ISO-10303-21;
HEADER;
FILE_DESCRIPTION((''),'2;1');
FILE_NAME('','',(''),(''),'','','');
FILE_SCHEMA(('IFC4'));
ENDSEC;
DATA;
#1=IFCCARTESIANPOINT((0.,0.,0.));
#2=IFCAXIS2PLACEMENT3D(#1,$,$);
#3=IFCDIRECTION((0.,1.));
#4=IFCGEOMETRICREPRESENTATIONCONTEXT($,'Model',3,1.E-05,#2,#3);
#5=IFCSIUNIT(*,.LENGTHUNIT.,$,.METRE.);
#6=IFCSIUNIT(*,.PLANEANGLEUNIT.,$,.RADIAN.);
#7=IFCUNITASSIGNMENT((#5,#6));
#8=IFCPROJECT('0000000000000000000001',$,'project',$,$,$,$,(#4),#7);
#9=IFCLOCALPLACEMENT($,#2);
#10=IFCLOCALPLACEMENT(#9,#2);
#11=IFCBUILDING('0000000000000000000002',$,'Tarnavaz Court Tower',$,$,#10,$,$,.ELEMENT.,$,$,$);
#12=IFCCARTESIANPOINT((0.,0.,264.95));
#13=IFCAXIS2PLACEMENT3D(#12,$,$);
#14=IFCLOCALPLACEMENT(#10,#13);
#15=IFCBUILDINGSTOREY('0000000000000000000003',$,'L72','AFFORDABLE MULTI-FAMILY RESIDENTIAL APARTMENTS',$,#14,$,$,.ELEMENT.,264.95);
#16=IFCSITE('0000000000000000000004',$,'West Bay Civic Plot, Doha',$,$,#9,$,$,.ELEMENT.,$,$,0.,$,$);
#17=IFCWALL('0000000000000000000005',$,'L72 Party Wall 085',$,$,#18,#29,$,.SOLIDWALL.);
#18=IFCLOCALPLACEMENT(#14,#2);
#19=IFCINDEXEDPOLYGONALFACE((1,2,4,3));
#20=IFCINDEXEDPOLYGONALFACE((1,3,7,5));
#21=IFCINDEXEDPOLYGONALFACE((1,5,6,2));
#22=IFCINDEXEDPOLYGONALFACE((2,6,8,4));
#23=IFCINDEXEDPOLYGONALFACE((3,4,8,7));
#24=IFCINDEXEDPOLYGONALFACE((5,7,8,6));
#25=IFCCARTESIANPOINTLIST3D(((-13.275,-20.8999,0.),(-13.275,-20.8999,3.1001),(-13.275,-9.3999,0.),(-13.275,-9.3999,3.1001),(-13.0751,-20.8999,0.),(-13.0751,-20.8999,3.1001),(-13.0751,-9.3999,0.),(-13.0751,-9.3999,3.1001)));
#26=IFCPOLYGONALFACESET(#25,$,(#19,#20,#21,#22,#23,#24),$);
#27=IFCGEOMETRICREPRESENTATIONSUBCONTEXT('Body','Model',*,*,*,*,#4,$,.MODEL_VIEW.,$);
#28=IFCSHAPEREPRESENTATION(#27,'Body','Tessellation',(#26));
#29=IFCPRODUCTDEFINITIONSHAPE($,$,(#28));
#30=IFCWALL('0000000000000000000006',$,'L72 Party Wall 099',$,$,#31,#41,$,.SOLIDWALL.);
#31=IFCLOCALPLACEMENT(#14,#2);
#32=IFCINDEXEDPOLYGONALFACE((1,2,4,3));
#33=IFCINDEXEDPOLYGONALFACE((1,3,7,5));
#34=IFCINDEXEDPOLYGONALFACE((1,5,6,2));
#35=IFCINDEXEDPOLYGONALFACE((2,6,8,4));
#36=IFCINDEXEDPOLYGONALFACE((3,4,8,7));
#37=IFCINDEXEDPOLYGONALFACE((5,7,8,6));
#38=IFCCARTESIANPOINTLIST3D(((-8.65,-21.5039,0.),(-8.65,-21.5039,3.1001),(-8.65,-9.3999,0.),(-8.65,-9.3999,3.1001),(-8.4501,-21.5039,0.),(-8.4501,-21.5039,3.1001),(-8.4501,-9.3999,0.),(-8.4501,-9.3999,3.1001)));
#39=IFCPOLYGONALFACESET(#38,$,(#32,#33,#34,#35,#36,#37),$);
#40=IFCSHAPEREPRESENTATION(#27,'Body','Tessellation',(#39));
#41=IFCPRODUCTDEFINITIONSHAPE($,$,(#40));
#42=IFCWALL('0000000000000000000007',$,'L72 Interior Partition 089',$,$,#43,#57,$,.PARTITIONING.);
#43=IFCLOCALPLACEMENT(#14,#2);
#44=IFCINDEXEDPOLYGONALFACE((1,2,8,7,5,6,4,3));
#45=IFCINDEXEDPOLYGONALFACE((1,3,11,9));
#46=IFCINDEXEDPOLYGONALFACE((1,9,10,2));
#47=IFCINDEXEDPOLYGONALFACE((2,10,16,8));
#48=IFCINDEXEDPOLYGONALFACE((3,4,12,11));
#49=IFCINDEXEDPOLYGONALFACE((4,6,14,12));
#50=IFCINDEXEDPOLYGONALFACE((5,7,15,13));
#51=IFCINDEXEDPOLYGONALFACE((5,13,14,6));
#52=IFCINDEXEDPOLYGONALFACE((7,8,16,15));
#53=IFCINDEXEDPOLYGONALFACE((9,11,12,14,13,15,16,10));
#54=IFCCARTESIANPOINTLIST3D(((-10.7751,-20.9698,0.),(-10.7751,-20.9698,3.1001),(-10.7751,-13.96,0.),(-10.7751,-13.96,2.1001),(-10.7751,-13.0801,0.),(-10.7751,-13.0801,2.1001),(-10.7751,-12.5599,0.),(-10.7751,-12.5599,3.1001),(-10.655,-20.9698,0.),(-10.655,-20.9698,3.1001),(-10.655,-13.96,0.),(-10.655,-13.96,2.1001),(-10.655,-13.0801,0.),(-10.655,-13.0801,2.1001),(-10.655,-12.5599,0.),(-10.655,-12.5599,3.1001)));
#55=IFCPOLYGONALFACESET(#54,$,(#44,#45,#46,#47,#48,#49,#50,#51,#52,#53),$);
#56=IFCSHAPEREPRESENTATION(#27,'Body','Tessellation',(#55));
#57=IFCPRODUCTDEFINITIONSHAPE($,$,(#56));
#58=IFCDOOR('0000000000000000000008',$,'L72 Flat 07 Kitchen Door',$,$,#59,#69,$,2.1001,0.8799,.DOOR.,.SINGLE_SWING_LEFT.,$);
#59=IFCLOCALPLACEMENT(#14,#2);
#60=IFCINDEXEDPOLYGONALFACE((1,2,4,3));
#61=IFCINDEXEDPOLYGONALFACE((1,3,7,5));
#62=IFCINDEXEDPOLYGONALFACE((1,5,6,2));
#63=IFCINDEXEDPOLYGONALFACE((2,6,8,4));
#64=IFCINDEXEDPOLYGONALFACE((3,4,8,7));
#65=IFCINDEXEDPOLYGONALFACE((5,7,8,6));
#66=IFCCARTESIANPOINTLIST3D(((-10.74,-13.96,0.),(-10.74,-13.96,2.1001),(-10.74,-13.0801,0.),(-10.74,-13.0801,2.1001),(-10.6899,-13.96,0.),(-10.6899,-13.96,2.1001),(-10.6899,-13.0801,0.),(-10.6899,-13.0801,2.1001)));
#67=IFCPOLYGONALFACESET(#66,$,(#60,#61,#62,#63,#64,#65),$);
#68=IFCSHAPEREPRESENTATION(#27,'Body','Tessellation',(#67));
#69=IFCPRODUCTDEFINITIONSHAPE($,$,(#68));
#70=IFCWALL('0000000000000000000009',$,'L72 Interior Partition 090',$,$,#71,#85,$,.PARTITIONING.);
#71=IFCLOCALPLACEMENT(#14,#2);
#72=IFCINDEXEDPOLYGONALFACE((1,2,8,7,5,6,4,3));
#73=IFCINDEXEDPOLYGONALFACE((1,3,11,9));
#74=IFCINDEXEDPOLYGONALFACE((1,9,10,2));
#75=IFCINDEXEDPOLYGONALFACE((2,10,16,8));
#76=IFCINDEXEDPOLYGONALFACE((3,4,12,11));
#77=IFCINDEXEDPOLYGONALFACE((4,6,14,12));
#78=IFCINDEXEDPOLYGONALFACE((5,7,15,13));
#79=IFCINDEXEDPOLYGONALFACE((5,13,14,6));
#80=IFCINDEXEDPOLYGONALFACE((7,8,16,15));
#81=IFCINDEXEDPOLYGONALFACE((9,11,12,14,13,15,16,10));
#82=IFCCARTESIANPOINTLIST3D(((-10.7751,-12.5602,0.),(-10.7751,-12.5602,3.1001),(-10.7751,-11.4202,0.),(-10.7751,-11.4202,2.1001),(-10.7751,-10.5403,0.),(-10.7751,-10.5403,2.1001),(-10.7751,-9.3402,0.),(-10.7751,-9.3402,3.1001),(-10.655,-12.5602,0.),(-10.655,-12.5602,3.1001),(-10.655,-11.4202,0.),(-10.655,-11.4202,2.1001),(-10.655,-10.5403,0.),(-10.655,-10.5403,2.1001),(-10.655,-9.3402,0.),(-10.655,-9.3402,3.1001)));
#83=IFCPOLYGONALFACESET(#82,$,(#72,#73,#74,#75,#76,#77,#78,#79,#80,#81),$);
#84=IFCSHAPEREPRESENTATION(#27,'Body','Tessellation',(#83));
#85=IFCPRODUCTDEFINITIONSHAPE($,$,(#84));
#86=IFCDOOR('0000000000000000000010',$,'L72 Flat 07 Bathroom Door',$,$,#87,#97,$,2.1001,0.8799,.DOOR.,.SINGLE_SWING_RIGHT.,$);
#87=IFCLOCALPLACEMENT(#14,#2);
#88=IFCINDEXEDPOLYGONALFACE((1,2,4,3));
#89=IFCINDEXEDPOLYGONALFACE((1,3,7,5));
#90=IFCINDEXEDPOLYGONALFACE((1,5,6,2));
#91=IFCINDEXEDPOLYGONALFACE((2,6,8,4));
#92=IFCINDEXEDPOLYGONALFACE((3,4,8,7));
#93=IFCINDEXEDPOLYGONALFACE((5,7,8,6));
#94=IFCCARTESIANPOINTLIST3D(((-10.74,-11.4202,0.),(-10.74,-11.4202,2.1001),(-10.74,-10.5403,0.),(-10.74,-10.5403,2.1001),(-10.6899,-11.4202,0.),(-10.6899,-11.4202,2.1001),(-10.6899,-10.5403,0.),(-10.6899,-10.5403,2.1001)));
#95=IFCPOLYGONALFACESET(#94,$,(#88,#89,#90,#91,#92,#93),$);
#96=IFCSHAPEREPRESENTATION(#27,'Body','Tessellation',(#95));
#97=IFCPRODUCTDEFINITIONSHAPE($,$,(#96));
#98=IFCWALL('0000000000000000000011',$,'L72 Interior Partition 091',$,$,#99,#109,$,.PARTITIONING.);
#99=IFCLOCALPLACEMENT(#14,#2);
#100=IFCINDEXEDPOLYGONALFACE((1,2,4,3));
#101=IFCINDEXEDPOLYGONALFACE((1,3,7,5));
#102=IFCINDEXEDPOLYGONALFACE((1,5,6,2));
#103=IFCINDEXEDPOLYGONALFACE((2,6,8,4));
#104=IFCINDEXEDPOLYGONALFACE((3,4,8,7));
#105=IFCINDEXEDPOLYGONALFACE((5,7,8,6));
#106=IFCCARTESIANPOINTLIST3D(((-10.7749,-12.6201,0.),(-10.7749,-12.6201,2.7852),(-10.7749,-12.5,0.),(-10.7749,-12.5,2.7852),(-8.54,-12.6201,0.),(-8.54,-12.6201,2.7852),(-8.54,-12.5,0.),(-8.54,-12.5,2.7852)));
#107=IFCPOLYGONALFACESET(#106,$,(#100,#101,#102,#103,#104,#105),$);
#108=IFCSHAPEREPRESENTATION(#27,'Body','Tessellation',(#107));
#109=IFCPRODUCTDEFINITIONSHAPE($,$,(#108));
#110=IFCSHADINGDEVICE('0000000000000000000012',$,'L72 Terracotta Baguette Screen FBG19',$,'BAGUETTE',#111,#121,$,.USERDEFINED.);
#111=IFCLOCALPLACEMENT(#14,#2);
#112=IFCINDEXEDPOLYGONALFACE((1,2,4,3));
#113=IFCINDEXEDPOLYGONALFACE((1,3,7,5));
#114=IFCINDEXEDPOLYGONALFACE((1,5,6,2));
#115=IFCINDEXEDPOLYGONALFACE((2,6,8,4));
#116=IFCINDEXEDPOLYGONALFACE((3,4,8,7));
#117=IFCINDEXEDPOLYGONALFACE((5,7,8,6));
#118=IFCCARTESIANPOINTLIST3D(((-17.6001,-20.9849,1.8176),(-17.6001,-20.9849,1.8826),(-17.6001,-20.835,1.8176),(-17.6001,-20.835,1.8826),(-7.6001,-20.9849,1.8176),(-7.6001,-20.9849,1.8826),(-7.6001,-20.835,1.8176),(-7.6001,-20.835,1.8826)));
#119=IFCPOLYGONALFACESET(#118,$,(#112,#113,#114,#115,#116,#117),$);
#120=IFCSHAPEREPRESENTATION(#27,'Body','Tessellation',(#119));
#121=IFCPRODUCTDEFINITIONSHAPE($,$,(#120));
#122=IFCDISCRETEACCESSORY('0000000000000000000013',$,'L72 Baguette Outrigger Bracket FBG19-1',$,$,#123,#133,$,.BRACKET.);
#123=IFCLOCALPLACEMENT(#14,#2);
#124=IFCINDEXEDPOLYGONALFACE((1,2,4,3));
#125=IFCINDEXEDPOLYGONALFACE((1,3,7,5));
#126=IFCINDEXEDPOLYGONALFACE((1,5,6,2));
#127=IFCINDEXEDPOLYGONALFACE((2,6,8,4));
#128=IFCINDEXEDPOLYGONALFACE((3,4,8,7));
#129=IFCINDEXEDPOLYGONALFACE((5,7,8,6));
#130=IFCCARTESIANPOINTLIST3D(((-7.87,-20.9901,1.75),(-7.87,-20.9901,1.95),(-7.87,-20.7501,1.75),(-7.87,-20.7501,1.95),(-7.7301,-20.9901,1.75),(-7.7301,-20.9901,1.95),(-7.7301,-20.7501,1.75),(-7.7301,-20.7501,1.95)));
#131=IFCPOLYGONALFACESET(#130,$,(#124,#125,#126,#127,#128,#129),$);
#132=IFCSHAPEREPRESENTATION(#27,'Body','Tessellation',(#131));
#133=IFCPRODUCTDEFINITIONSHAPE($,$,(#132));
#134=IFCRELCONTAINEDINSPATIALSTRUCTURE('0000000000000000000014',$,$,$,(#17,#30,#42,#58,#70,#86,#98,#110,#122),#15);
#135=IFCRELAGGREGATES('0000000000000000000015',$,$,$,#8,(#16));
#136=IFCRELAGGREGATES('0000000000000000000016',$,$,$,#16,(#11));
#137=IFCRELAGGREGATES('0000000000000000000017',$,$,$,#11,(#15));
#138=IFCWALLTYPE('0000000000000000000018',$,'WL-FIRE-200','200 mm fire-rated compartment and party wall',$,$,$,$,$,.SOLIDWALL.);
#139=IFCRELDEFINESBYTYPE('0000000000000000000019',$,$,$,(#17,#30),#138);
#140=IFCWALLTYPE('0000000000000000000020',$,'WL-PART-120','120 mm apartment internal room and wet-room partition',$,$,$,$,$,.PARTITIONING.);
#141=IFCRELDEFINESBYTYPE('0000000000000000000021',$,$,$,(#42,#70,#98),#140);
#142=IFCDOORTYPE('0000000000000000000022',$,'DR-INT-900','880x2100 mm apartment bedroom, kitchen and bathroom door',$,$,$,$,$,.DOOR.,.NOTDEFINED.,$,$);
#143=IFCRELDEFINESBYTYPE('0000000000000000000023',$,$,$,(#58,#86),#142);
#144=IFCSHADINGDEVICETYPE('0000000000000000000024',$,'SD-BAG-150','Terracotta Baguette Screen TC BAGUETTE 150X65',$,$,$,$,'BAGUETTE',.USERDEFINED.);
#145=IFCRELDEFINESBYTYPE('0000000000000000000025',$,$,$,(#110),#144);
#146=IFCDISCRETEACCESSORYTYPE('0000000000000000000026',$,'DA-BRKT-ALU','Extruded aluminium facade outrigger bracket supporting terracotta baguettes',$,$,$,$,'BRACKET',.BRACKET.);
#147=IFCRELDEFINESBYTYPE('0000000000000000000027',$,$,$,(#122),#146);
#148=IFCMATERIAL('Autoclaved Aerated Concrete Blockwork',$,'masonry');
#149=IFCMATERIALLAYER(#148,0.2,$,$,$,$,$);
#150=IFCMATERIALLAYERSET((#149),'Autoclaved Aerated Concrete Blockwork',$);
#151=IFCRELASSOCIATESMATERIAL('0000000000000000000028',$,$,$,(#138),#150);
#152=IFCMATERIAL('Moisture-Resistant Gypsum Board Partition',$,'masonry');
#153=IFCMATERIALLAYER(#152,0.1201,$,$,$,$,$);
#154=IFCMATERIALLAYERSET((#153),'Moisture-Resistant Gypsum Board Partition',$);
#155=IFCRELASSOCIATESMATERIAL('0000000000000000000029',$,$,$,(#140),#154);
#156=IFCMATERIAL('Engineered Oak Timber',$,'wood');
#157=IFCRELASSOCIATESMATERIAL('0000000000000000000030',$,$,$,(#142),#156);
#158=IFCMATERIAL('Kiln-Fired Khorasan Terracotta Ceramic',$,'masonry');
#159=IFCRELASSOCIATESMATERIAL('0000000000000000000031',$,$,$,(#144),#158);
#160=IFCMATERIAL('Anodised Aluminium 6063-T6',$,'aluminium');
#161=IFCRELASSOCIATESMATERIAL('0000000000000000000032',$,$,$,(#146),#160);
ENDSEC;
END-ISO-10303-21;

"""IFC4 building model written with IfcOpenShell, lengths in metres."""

from ifc_helpers import new_model, si_unit, direction, frame, frame_2d, origin, origin_2d, place, context, subcontext, project, spatial, rectangle, extrude, material, layer, layer_set, material_profile, profile_set, type_object, element, fill, save


model = new_model("IFC4")

# Units and contexts
model_context = context("Model", 3, precision=1e-05, world=origin(), true_north=direction((0.0, 1.0)))
body_context = subcontext(model_context, "Body", "Model", "MODEL_VIEW")
ifc_project = project(units=[si_unit("LENGTHUNIT", "METRE"), si_unit("PLANEANGLEUNIT", "RADIAN")], contexts=[model_context])

# Site, building, storey
site_placement = place(None, origin())
site = spatial("IfcSite", under=ifc_project, at=site_placement, Name="West Bay Civic Plot, Doha", CompositionType="ELEMENT", RefElevation=0.0)
building_placement = place(site_placement, origin())
building = spatial("IfcBuilding", under=site, at=building_placement, Name="Tarnavaz Court Tower", CompositionType="ELEMENT")
storey_placement = place(building_placement, frame((0.0, 0.0, 264.95)))
storey = spatial("IfcBuildingStorey", under=building, at=storey_placement, Name="L72", Description="AFFORDABLE MULTI-FAMILY RESIDENTIAL APARTMENTS", CompositionType="ELEMENT", Elevation=264.95)

# Walls
ifc_material_1 = material(Name="Autoclaved Aerated Concrete Blockwork", Category="masonry")
ifc_layer_1 = layer(ifc_material_1, 0.2)
ifc_layer_set_1 = layer_set([ifc_layer_1], Name="Autoclaved Aerated Concrete Blockwork")
wall_type_1 = type_object("IfcWallType", Name="WL-FIRE-200", Description="200 mm fire-rated compartment and party wall", PredefinedType="SOLIDWALL", material=ifc_layer_set_1)
wall_1_placement = place(storey_placement, frame((-13.175, -20.8999, 0.0), z_axis=(0.0, 0.0, 1.0), x_axis=(0.0, 1.0, 0.0)))
element("IfcWall", 1, at=wall_1_placement, inside=storey, type_object=wall_type_1, Name="L72 Party Wall 085", PredefinedType="SOLIDWALL", context=body_context, shape_type="SweptSolid", body=[
    extrude(rectangle(XDim=11.5, YDim=0.2, at=frame_2d((5.75, 0.0))), origin(), (0.0, 0.0, 1.0), 3.1001),
])
wall_2_placement = place(storey_placement, frame((-8.55, -21.5039, 0.0), z_axis=(0.0, 0.0, 1.0), x_axis=(0.0, 1.0, 0.0)))
element("IfcWall", 2, at=wall_2_placement, inside=storey, type_object=wall_type_1, Name="L72 Party Wall 099", PredefinedType="SOLIDWALL", context=body_context, shape_type="SweptSolid", body=[
    extrude(rectangle(XDim=12.104, YDim=0.2, at=frame_2d((6.052, 0.0))), origin(), (0.0, 0.0, 1.0), 3.1001),
])

# Walls, openings, doors
ifc_material_2 = material(Name="Moisture-Resistant Gypsum Board Partition", Category="masonry")
ifc_layer_2 = layer(ifc_material_2, 0.1201)
ifc_layer_set_2 = layer_set([ifc_layer_2], Name="Moisture-Resistant Gypsum Board Partition")
wall_type_2 = type_object("IfcWallType", Name="WL-PART-120", Description="120 mm apartment internal room and wet-room partition", PredefinedType="PARTITIONING", material=ifc_layer_set_2)
wall_3_placement = place(storey_placement, frame((-10.7151, -20.97, 0.0), z_axis=(0.0, 0.0, 1.0), x_axis=(0.0, 1.0, 0.0)))
wall_3 = element("IfcWall", 3, at=wall_3_placement, inside=storey, type_object=wall_type_2, Name="L72 Interior Partition 089", PredefinedType="PARTITIONING", context=body_context, shape_type="SweptSolid", body=[
    extrude(rectangle(XDim=8.4099, YDim=0.1201, at=frame_2d((4.2051, 0.0))), origin(), (0.0, 0.0, 1.0), 3.1001),
])
opening_1_placement = place(wall_3_placement, frame((7.01, 0.0, 0.0)))
opening_1 = element("IfcOpeningElement", 4, at=opening_1_placement, cuts=wall_3, PredefinedType="OPENING", context=body_context, shape_type="SweptSolid", body=[
    extrude(rectangle(XDim=0.8799, YDim=2.1001, at=frame_2d((0.4399, 1.05))), frame((0.0, 0.0701, 0.0), z_axis=(0.0, -1.0, 0.0), x_axis=(1.0, 0.0, 0.0)), (0.0, 0.0, 1.0), 0.1401),
])
ifc_material_3 = material(Name="Engineered Oak Timber", Category="wood")
door_type = type_object("IfcDoorType", Name="DR-INT-900", Description="880x2100 mm apartment bedroom, kitchen and bathroom door", OperationType="NOTDEFINED", PredefinedType="DOOR", material=ifc_material_3)
door_1_placement = place(opening_1_placement, origin())
door_1 = element("IfcDoor", 5, at=door_1_placement, inside=storey, type_object=door_type, Name="L72 Flat 07 Kitchen Door", OperationType="SINGLE_SWING_LEFT", OverallHeight=2.1001, OverallWidth=0.8799, PredefinedType="DOOR", context=body_context, shape_type="SweptSolid", body=[
    extrude(rectangle(XDim=0.8799, YDim=2.1001, at=frame_2d((0.4399, 1.05))), frame((0.0, 0.0249, 0.0), z_axis=(0.0, -1.0, 0.0), x_axis=(1.0, 0.0, 0.0)), (0.0, 0.0, 1.0), 0.05),
])
fill(opening_1, door_1)
wall_4_placement = place(storey_placement, frame((-10.7151, -12.5601, 0.0), z_axis=(0.0, 0.0, 1.0), x_axis=(0.0, 1.0, 0.0)))
wall_4 = element("IfcWall", 6, at=wall_4_placement, inside=storey, type_object=wall_type_2, Name="L72 Interior Partition 090", PredefinedType="PARTITIONING", context=body_context, shape_type="SweptSolid", body=[
    extrude(rectangle(XDim=3.22, YDim=0.1201, at=frame_2d((1.6099, 0.0))), origin(), (0.0, 0.0, 1.0), 3.1001),
])
opening_2_placement = place(wall_4_placement, frame((1.1399, 0.0, 0.0)))
opening_2 = element("IfcOpeningElement", 7, at=opening_2_placement, cuts=wall_4, PredefinedType="OPENING", context=body_context, shape_type="SweptSolid", body=[
    extrude(rectangle(XDim=0.8799, YDim=2.1001, at=frame_2d((0.4399, 1.05))), frame((0.0, 0.0701, 0.0), z_axis=(0.0, -1.0, 0.0), x_axis=(1.0, 0.0, 0.0)), (0.0, 0.0, 1.0), 0.1401),
])
door_2_placement = place(opening_2_placement, origin())
door_2 = element("IfcDoor", 8, at=door_2_placement, inside=storey, type_object=door_type, Name="L72 Flat 07 Bathroom Door", OperationType="SINGLE_SWING_RIGHT", OverallHeight=2.1001, OverallWidth=0.8799, PredefinedType="DOOR", context=body_context, shape_type="SweptSolid", body=[
    extrude(rectangle(XDim=0.8799, YDim=2.1001, at=frame_2d((0.4399, 1.05))), frame((0.0, 0.0249, 0.0), z_axis=(0.0, -1.0, 0.0), x_axis=(1.0, 0.0, 0.0)), (0.0, 0.0, 1.0), 0.05),
])
fill(opening_2, door_2)

# Wall
wall_5_placement = place(storey_placement, frame((-10.7749, -12.5601, 0.0), z_axis=(0.0, 0.0, 1.0), x_axis=(1.0, 0.0, 0.0)))
element("IfcWall", 9, at=wall_5_placement, inside=storey, type_object=wall_type_2, Name="L72 Interior Partition 091", PredefinedType="PARTITIONING", context=body_context, shape_type="SweptSolid", body=[
    extrude(rectangle(XDim=2.2349, YDim=0.1201, at=frame_2d((1.1174, 0.0))), origin(), (0.0, 0.0, 1.0), 2.7852),
])

# Shading device
ifc_material_4 = material(Name="Kiln-Fired Khorasan Terracotta Ceramic", Category="masonry")
ifc_material_profile_1 = material_profile(ifc_material_4, rectangle(XDim=0.1499, YDim=0.0649, at=origin_2d()), Name="TC BAGUETTE 150X65")
ifc_profile_set_1 = profile_set([ifc_material_profile_1], Name="Kiln-Fired Khorasan Terracotta Ceramic")
shading_device_type = type_object("IfcShadingDeviceType", Name="SD-BAG-150", Description="Terracotta Baguette Screen TC BAGUETTE 150X65", ElementType="BAGUETTE", PredefinedType="USERDEFINED", material=ifc_profile_set_1)
shading_device_placement = place(storey_placement, frame((-7.6001, -20.9099, 1.8501), z_axis=(-1.0, 0.0, 0.0), x_axis=(0.0, -1.0, 0.0)))
element("IfcShadingDevice", 10, at=shading_device_placement, inside=storey, type_object=shading_device_type, Name="L72 Terracotta Baguette Screen FBG19", ObjectType="BAGUETTE", PredefinedType="USERDEFINED", context=body_context, shape_type="SweptSolid", body=[
    extrude(rectangle(XDim=0.1499, YDim=0.0649, at=origin_2d()), origin(), (0.0, 0.0, 1.0), 10.0),
])

# Discrete accessory
ifc_material_5 = material(Name="Anodised Aluminium 6063-T6", Category="aluminium")
discrete_accessory_type = type_object("IfcDiscreteAccessoryType", Name="DA-BRKT-ALU", Description="Extruded aluminium facade outrigger bracket supporting terracotta baguettes", ElementType="BRACKET", PredefinedType="BRACKET", material=ifc_material_5)
discrete_accessory_placement = place(storey_placement, frame((-7.8, -20.8701, 1.75), z_axis=(0.0, 0.0, 1.0), x_axis=(-1.0, 0.0, 0.0)))
element("IfcDiscreteAccessory", 11, at=discrete_accessory_placement, inside=storey, type_object=discrete_accessory_type, Name="L72 Baguette Outrigger Bracket FBG19-1", PredefinedType="BRACKET", context=body_context, shape_type="SweptSolid", body=[
    extrude(rectangle(XDim=0.1399, YDim=0.24, at=origin_2d()), origin(), (0.0, 0.0, 1.0), 0.2),
])

save(model, "model.ifc")
